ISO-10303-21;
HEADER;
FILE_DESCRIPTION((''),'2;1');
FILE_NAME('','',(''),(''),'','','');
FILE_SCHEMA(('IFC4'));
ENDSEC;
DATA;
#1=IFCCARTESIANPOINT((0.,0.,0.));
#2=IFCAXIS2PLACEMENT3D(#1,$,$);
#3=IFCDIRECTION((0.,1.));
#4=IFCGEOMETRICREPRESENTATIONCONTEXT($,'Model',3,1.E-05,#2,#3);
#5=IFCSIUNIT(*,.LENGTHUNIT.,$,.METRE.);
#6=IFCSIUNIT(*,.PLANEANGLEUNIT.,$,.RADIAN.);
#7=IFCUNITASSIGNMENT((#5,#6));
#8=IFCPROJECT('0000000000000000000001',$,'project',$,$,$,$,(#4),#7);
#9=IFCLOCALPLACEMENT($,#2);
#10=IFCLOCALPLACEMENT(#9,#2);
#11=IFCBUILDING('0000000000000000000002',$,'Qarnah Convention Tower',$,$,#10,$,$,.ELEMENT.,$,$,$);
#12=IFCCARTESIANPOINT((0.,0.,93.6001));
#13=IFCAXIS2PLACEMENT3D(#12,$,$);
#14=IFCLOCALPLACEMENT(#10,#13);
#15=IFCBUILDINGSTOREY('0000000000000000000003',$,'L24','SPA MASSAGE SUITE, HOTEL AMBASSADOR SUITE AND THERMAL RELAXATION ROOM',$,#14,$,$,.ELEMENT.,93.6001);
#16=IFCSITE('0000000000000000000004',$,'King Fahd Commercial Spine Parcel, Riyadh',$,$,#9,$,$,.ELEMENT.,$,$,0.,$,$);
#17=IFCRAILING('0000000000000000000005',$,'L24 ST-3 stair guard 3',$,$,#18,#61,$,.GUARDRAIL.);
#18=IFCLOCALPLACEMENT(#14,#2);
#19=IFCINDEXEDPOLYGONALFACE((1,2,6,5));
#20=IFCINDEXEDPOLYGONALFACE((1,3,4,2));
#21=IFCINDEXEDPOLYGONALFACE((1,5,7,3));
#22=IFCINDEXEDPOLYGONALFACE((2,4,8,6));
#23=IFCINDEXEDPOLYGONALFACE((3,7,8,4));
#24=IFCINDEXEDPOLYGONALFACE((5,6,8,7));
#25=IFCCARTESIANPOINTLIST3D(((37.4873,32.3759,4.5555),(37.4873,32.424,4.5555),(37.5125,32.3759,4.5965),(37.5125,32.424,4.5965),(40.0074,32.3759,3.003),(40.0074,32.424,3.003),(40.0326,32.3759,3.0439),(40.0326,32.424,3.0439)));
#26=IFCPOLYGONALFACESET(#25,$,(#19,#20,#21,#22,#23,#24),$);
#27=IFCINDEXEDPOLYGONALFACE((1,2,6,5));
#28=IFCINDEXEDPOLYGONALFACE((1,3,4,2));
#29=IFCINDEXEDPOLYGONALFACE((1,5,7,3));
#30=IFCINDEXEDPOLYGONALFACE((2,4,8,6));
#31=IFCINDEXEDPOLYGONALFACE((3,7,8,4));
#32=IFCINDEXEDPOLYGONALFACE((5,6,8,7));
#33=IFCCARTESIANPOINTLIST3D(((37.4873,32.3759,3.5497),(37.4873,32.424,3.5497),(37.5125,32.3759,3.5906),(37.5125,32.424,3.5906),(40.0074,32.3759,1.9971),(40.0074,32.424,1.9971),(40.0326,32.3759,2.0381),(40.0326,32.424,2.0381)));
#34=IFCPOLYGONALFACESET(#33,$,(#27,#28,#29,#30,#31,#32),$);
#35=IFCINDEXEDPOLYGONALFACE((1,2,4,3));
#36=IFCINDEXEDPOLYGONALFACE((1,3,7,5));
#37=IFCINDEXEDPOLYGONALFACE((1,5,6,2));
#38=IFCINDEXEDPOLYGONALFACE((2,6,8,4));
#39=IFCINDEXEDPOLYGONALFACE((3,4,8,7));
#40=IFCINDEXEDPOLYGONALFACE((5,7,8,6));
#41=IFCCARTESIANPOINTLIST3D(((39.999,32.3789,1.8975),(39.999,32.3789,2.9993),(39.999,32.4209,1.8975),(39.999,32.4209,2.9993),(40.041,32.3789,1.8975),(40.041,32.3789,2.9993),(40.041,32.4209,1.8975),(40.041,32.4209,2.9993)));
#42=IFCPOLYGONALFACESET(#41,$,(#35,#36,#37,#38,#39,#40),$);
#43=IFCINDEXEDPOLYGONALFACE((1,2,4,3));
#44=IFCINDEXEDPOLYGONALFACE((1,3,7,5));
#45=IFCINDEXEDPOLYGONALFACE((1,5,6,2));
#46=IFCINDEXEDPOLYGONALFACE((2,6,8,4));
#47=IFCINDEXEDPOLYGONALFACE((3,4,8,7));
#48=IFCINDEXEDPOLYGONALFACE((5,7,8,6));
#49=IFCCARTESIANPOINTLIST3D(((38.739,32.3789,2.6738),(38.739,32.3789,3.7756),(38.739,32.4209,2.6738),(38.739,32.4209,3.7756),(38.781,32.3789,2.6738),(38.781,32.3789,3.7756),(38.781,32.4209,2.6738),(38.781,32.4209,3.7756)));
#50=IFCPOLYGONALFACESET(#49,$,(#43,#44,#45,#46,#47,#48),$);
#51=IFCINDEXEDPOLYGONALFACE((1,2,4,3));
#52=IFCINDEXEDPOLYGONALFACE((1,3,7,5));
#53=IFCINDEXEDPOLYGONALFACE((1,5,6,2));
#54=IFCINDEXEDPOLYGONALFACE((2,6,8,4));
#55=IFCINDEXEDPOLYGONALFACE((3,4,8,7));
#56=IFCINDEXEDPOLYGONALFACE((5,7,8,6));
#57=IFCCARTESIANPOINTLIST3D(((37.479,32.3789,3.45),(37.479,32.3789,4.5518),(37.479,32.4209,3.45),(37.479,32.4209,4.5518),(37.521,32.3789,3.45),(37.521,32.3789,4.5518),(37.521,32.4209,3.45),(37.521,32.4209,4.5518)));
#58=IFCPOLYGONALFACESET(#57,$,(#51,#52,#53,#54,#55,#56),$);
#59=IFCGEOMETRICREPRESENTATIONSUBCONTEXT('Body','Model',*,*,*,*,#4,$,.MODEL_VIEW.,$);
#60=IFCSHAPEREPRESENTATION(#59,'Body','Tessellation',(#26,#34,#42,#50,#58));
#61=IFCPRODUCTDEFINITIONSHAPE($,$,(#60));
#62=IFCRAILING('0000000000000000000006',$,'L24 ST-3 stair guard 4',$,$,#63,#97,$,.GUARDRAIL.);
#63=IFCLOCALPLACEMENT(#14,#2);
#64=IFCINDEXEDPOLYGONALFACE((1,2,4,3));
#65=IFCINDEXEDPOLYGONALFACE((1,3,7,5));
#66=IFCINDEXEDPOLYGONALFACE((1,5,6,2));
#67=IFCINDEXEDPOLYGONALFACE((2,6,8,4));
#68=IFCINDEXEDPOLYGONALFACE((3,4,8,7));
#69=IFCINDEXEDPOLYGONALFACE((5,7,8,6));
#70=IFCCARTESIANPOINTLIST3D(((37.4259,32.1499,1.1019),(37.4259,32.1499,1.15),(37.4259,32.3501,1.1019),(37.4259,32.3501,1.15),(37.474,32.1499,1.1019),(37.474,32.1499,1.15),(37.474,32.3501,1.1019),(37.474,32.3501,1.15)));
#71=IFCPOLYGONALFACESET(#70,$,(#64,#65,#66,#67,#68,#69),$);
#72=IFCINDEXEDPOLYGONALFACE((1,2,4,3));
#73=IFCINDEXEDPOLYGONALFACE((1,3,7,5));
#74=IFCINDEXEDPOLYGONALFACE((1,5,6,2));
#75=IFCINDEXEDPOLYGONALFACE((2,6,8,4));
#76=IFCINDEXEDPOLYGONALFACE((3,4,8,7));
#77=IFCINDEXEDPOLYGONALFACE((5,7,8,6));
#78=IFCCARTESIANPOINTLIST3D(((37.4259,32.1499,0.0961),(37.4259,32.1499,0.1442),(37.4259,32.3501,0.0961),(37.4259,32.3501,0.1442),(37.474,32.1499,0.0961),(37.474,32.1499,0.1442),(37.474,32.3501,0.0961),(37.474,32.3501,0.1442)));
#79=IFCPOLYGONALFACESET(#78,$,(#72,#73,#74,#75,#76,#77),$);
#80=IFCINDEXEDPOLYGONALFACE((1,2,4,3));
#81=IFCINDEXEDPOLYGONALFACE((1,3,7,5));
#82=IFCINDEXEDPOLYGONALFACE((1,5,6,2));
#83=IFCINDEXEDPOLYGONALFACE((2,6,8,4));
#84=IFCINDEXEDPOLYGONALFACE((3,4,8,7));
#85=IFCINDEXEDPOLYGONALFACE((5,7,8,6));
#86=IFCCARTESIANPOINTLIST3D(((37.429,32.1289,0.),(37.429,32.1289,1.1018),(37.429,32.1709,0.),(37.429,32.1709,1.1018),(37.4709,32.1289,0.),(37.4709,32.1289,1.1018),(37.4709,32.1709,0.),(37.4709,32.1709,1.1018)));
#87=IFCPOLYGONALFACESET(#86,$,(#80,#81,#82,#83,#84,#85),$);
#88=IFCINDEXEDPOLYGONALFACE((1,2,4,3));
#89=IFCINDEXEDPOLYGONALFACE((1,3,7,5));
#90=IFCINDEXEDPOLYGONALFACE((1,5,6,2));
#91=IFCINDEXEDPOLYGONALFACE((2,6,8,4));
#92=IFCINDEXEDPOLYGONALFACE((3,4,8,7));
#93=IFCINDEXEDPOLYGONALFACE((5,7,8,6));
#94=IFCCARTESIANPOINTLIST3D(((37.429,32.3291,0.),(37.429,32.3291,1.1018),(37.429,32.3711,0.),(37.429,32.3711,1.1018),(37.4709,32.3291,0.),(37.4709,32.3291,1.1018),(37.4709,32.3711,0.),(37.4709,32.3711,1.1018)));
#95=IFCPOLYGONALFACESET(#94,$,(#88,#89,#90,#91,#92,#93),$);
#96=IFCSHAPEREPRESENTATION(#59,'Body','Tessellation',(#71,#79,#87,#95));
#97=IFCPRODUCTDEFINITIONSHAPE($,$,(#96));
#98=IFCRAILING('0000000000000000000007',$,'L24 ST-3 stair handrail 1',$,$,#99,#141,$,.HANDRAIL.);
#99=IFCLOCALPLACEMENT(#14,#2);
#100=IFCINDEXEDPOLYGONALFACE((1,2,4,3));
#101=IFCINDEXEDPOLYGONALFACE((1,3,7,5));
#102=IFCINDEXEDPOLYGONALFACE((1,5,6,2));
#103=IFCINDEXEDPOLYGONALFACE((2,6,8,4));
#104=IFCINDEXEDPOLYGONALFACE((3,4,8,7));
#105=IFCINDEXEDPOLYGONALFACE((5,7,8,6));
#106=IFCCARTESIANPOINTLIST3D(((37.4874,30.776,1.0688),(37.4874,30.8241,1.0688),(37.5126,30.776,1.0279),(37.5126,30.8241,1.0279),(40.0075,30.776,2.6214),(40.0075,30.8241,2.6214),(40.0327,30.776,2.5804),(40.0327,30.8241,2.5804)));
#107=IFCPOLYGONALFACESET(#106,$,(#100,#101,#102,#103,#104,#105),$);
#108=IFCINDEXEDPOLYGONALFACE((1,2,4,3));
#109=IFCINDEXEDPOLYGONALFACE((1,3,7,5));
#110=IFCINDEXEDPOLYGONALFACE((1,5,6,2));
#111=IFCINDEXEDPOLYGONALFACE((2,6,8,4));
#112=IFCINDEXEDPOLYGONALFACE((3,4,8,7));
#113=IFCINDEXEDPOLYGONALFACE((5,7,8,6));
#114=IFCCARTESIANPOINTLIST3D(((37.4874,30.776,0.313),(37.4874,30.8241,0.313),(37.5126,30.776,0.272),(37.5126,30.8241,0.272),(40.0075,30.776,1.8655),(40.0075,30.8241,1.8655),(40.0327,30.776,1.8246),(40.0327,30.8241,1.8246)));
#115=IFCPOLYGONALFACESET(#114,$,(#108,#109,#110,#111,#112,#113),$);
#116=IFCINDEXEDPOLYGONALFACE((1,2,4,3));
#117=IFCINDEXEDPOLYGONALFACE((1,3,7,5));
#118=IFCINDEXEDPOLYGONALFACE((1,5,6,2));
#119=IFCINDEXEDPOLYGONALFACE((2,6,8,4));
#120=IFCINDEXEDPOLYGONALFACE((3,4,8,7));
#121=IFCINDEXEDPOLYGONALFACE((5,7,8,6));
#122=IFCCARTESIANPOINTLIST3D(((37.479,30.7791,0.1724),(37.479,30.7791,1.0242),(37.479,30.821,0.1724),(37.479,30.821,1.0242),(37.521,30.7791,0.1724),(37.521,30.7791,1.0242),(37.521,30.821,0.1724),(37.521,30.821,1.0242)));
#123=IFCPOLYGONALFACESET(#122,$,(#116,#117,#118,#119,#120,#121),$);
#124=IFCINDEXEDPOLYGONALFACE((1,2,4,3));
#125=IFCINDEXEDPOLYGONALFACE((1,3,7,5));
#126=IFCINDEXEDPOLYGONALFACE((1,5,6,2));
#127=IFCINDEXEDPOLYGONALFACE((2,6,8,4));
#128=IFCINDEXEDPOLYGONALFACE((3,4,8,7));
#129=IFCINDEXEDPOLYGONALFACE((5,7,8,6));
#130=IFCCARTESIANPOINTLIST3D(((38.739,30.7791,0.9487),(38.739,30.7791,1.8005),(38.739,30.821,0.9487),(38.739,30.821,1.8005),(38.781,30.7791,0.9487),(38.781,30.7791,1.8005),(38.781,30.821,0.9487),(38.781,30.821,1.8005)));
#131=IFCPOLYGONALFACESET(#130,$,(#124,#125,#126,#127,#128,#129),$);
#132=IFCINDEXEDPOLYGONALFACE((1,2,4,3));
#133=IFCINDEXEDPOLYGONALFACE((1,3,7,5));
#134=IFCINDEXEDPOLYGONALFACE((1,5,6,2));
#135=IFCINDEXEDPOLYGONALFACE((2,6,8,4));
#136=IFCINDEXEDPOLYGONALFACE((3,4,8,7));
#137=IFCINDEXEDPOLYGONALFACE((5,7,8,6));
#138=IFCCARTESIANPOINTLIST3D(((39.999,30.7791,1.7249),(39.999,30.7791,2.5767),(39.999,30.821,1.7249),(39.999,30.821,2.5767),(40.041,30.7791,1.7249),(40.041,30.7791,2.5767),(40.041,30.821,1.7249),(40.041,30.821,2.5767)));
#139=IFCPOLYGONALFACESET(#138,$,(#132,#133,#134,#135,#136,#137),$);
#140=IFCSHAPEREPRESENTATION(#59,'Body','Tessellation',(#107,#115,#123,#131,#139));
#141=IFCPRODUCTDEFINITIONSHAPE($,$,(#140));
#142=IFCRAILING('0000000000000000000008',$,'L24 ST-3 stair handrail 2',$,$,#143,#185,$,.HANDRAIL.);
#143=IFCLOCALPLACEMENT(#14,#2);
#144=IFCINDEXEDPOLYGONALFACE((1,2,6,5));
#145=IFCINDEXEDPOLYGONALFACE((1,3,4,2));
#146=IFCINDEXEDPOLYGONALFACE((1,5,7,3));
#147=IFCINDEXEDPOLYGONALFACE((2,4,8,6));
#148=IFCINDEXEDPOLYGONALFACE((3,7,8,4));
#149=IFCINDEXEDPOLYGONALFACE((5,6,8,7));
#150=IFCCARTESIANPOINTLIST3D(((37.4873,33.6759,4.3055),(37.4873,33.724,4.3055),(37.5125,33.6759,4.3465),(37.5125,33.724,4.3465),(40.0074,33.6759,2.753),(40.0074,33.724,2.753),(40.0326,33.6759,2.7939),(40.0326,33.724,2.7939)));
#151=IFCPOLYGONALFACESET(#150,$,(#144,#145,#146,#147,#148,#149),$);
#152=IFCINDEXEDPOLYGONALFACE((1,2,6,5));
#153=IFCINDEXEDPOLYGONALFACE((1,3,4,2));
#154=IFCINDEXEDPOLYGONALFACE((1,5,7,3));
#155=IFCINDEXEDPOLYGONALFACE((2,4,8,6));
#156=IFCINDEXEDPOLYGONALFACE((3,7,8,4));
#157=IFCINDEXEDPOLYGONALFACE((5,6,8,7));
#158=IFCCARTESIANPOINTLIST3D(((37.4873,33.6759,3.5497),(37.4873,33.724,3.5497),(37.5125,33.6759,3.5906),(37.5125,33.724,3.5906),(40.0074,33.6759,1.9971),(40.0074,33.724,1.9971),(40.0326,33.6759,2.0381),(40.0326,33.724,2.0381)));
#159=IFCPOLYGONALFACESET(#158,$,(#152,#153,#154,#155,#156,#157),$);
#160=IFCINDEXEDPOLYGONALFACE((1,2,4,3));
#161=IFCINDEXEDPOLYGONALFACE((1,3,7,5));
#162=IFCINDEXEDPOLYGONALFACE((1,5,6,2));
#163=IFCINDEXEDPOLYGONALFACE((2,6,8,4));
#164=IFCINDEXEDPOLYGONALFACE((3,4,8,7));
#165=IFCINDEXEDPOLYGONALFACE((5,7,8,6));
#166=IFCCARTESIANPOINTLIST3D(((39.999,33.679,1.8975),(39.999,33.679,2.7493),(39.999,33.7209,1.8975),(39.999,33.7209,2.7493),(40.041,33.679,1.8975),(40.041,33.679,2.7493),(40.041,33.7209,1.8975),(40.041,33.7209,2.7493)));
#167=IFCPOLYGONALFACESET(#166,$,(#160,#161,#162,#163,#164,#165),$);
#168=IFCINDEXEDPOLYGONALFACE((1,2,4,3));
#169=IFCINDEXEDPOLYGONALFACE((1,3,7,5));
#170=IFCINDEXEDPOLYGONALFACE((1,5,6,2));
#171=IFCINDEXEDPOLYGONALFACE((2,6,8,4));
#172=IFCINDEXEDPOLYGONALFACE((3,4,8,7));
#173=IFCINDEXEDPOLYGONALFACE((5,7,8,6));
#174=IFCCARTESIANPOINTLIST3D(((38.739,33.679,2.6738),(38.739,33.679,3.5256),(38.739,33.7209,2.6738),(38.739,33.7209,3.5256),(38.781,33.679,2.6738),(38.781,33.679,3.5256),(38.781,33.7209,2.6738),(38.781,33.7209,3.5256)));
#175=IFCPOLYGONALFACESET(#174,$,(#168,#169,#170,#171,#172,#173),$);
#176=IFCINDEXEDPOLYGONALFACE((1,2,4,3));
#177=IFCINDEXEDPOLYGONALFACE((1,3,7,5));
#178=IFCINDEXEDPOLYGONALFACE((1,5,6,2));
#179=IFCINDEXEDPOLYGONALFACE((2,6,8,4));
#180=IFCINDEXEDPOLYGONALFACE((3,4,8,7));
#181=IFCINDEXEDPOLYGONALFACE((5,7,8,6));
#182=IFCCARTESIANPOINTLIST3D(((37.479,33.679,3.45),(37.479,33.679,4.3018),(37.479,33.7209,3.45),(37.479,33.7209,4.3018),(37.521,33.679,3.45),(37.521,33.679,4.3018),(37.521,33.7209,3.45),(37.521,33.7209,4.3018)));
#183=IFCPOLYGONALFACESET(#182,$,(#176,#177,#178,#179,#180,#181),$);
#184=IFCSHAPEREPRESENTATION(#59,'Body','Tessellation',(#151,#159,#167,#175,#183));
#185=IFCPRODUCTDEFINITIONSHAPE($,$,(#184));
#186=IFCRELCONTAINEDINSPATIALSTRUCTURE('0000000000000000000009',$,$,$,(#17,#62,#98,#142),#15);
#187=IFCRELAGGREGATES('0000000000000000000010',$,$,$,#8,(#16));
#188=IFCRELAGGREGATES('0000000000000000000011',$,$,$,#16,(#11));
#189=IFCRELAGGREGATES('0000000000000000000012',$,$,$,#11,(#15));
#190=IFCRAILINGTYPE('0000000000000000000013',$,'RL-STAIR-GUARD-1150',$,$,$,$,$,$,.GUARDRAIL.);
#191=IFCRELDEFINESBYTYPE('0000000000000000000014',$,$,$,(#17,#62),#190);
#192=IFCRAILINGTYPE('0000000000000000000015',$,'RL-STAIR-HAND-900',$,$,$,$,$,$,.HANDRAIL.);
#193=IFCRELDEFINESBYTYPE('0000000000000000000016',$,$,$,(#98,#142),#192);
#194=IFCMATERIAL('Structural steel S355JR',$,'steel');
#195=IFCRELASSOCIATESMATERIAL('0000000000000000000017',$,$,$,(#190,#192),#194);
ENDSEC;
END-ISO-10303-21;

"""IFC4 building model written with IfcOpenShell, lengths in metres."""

from ifc_helpers import new_model, si_unit, direction, frame, origin, origin_2d, place, context, subcontext, project, spatial, rectangle, extrude, material, type_object, element, save


model = new_model("IFC4")

# Units and contexts
model_context = context("Model", 3, precision=1e-05, world=origin(), true_north=direction((0.0, 1.0)))
body_context = subcontext(model_context, "Body", "Model", "MODEL_VIEW")
ifc_project = project(units=[si_unit("LENGTHUNIT", "METRE"), si_unit("PLANEANGLEUNIT", "RADIAN")], contexts=[model_context])

# Site, building, storey
site_placement = place(None, origin())
site = spatial("IfcSite", under=ifc_project, at=site_placement, Name="King Fahd Commercial Spine Parcel, Riyadh", CompositionType="ELEMENT", RefElevation=0.0)
building_placement = place(site_placement, origin())
building = spatial("IfcBuilding", under=site, at=building_placement, Name="Qarnah Convention Tower", CompositionType="ELEMENT")
storey_placement = place(building_placement, frame((0.0, 0.0, 93.6001)))
storey = spatial("IfcBuildingStorey", under=building, at=storey_placement, Name="L24", Description="SPA MASSAGE SUITE, HOTEL AMBASSADOR SUITE AND THERMAL RELAXATION ROOM", CompositionType="ELEMENT", Elevation=93.6001)

# Shared definitions
ifc_material_1 = material(Name="Structural steel S355JR", Category="steel")

# Railings
railing_type_1 = type_object("IfcRailingType", Name="RL-STAIR-GUARD-1150", PredefinedType="GUARDRAIL", material=ifc_material_1)
railing_1_placement = place(storey_placement, frame((40.02, 32.3999, 1.8975)))
element("IfcRailing", 1, at=railing_1_placement, inside=storey, type_object=railing_type_1, Name="L24 ST-3 stair guard 3", PredefinedType="GUARDRAIL", context=body_context, shape_type="SweptSolid", body=[
    extrude(rectangle(XDim=0.0481, YDim=0.0481, at=origin_2d()), frame((0.0, 0.0, 1.126), z_axis=(-0.8514, 0.0, 0.524516), x_axis=(0.0, -1.0, 0.0)), (0.0, 0.0, 1.0), 2.96),
    extrude(rectangle(XDim=0.0481, YDim=0.0481, at=origin_2d()), frame((0.0, 0.0, 0.1201), z_axis=(-0.8514, 0.0, 0.524516), x_axis=(0.0, -1.0, 0.0)), (0.0, 0.0, 1.0), 2.96),
    extrude(rectangle(XDim=0.042, YDim=0.042, at=origin_2d()), origin(), (0.0, 0.0, 1.0), 1.1018),
    extrude(rectangle(XDim=0.042, YDim=0.042, at=origin_2d()), frame((-1.26, 0.0, 0.7764)), (0.0, 0.0, 1.0), 1.1018),
    extrude(rectangle(XDim=0.042, YDim=0.042, at=origin_2d()), frame((-2.52, 0.0, 1.5525)), (0.0, 0.0, 1.0), 1.1018),
])
railing_2_placement = place(storey_placement, frame((37.45, 32.1499, 0.0)))
element("IfcRailing", 2, at=railing_2_placement, inside=storey, type_object=railing_type_1, Name="L24 ST-3 stair guard 4", PredefinedType="GUARDRAIL", context=body_context, shape_type="SweptSolid", body=[
    extrude(rectangle(XDim=0.0481, YDim=0.0481, at=origin_2d()), frame((0.0, 0.0, 1.126), z_axis=(0.0, 1.0, 0.0), x_axis=(-1.0, 0.0, 0.0)), (0.0, 0.0, 1.0), 0.2002),
    extrude(rectangle(XDim=0.0481, YDim=0.0481, at=origin_2d()), frame((0.0, 0.0, 0.1201), z_axis=(0.0, 1.0, 0.0), x_axis=(-1.0, 0.0, 0.0)), (0.0, 0.0, 1.0), 0.2002),
    extrude(rectangle(XDim=0.042, YDim=0.042, at=origin_2d()), origin(), (0.0, 0.0, 1.0), 1.1018),
    extrude(rectangle(XDim=0.042, YDim=0.042, at=origin_2d()), frame((0.0, 0.2002, 0.0)), (0.0, 0.0, 1.0), 1.1018),
])
railing_type_2 = type_object("IfcRailingType", Name="RL-STAIR-HAND-900", PredefinedType="HANDRAIL", material=ifc_material_1)
railing_3_placement = place(storey_placement, frame((37.5, 30.8, 0.1724)))
element("IfcRailing", 3, at=railing_3_placement, inside=storey, type_object=railing_type_2, Name="L24 ST-3 stair handrail 1", PredefinedType="HANDRAIL", context=body_context, shape_type="SweptSolid", body=[
    extrude(rectangle(XDim=0.0481, YDim=0.0481, at=origin_2d()), frame((0.0, 0.0, 0.876), z_axis=(0.8514, 0.0, 0.524516), x_axis=(0.0, 1.0, 0.0)), (0.0, 0.0, 1.0), 2.96),
    extrude(rectangle(XDim=0.0481, YDim=0.0481, at=origin_2d()), frame((0.0, 0.0, 0.1201), z_axis=(0.8514, 0.0, 0.524516), x_axis=(0.0, 1.0, 0.0)), (0.0, 0.0, 1.0), 2.96),
    extrude(rectangle(XDim=0.042, YDim=0.042, at=origin_2d()), origin(), (0.0, 0.0, 1.0), 0.8518),
    extrude(rectangle(XDim=0.042, YDim=0.042, at=origin_2d()), frame((1.26, 0.0, 0.7764)), (0.0, 0.0, 1.0), 0.8518),
    extrude(rectangle(XDim=0.042, YDim=0.042, at=origin_2d()), frame((2.52, 0.0, 1.5525)), (0.0, 0.0, 1.0), 0.8518),
])
railing_4_placement = place(storey_placement, frame((40.02, 33.7, 1.8975)))
element("IfcRailing", 4, at=railing_4_placement, inside=storey, type_object=railing_type_2, Name="L24 ST-3 stair handrail 2", PredefinedType="HANDRAIL", context=body_context, shape_type="SweptSolid", body=[
    extrude(rectangle(XDim=0.0481, YDim=0.0481, at=origin_2d()), frame((0.0, 0.0, 0.876), z_axis=(-0.8514, 0.0, 0.524516), x_axis=(0.0, -1.0, 0.0)), (0.0, 0.0, 1.0), 2.96),
    extrude(rectangle(XDim=0.0481, YDim=0.0481, at=origin_2d()), frame((0.0, 0.0, 0.1201), z_axis=(-0.8514, 0.0, 0.524516), x_axis=(0.0, -1.0, 0.0)), (0.0, 0.0, 1.0), 2.96),
    extrude(rectangle(XDim=0.042, YDim=0.042, at=origin_2d()), origin(), (0.0, 0.0, 1.0), 0.8518),
    extrude(rectangle(XDim=0.042, YDim=0.042, at=origin_2d()), frame((-1.26, 0.0, 0.7764)), (0.0, 0.0, 1.0), 0.8518),
    extrude(rectangle(XDim=0.042, YDim=0.042, at=origin_2d()), frame((-2.52, 0.0, 1.5525)), (0.0, 0.0, 1.0), 0.8518),
])

save(model, "model.ifc")
